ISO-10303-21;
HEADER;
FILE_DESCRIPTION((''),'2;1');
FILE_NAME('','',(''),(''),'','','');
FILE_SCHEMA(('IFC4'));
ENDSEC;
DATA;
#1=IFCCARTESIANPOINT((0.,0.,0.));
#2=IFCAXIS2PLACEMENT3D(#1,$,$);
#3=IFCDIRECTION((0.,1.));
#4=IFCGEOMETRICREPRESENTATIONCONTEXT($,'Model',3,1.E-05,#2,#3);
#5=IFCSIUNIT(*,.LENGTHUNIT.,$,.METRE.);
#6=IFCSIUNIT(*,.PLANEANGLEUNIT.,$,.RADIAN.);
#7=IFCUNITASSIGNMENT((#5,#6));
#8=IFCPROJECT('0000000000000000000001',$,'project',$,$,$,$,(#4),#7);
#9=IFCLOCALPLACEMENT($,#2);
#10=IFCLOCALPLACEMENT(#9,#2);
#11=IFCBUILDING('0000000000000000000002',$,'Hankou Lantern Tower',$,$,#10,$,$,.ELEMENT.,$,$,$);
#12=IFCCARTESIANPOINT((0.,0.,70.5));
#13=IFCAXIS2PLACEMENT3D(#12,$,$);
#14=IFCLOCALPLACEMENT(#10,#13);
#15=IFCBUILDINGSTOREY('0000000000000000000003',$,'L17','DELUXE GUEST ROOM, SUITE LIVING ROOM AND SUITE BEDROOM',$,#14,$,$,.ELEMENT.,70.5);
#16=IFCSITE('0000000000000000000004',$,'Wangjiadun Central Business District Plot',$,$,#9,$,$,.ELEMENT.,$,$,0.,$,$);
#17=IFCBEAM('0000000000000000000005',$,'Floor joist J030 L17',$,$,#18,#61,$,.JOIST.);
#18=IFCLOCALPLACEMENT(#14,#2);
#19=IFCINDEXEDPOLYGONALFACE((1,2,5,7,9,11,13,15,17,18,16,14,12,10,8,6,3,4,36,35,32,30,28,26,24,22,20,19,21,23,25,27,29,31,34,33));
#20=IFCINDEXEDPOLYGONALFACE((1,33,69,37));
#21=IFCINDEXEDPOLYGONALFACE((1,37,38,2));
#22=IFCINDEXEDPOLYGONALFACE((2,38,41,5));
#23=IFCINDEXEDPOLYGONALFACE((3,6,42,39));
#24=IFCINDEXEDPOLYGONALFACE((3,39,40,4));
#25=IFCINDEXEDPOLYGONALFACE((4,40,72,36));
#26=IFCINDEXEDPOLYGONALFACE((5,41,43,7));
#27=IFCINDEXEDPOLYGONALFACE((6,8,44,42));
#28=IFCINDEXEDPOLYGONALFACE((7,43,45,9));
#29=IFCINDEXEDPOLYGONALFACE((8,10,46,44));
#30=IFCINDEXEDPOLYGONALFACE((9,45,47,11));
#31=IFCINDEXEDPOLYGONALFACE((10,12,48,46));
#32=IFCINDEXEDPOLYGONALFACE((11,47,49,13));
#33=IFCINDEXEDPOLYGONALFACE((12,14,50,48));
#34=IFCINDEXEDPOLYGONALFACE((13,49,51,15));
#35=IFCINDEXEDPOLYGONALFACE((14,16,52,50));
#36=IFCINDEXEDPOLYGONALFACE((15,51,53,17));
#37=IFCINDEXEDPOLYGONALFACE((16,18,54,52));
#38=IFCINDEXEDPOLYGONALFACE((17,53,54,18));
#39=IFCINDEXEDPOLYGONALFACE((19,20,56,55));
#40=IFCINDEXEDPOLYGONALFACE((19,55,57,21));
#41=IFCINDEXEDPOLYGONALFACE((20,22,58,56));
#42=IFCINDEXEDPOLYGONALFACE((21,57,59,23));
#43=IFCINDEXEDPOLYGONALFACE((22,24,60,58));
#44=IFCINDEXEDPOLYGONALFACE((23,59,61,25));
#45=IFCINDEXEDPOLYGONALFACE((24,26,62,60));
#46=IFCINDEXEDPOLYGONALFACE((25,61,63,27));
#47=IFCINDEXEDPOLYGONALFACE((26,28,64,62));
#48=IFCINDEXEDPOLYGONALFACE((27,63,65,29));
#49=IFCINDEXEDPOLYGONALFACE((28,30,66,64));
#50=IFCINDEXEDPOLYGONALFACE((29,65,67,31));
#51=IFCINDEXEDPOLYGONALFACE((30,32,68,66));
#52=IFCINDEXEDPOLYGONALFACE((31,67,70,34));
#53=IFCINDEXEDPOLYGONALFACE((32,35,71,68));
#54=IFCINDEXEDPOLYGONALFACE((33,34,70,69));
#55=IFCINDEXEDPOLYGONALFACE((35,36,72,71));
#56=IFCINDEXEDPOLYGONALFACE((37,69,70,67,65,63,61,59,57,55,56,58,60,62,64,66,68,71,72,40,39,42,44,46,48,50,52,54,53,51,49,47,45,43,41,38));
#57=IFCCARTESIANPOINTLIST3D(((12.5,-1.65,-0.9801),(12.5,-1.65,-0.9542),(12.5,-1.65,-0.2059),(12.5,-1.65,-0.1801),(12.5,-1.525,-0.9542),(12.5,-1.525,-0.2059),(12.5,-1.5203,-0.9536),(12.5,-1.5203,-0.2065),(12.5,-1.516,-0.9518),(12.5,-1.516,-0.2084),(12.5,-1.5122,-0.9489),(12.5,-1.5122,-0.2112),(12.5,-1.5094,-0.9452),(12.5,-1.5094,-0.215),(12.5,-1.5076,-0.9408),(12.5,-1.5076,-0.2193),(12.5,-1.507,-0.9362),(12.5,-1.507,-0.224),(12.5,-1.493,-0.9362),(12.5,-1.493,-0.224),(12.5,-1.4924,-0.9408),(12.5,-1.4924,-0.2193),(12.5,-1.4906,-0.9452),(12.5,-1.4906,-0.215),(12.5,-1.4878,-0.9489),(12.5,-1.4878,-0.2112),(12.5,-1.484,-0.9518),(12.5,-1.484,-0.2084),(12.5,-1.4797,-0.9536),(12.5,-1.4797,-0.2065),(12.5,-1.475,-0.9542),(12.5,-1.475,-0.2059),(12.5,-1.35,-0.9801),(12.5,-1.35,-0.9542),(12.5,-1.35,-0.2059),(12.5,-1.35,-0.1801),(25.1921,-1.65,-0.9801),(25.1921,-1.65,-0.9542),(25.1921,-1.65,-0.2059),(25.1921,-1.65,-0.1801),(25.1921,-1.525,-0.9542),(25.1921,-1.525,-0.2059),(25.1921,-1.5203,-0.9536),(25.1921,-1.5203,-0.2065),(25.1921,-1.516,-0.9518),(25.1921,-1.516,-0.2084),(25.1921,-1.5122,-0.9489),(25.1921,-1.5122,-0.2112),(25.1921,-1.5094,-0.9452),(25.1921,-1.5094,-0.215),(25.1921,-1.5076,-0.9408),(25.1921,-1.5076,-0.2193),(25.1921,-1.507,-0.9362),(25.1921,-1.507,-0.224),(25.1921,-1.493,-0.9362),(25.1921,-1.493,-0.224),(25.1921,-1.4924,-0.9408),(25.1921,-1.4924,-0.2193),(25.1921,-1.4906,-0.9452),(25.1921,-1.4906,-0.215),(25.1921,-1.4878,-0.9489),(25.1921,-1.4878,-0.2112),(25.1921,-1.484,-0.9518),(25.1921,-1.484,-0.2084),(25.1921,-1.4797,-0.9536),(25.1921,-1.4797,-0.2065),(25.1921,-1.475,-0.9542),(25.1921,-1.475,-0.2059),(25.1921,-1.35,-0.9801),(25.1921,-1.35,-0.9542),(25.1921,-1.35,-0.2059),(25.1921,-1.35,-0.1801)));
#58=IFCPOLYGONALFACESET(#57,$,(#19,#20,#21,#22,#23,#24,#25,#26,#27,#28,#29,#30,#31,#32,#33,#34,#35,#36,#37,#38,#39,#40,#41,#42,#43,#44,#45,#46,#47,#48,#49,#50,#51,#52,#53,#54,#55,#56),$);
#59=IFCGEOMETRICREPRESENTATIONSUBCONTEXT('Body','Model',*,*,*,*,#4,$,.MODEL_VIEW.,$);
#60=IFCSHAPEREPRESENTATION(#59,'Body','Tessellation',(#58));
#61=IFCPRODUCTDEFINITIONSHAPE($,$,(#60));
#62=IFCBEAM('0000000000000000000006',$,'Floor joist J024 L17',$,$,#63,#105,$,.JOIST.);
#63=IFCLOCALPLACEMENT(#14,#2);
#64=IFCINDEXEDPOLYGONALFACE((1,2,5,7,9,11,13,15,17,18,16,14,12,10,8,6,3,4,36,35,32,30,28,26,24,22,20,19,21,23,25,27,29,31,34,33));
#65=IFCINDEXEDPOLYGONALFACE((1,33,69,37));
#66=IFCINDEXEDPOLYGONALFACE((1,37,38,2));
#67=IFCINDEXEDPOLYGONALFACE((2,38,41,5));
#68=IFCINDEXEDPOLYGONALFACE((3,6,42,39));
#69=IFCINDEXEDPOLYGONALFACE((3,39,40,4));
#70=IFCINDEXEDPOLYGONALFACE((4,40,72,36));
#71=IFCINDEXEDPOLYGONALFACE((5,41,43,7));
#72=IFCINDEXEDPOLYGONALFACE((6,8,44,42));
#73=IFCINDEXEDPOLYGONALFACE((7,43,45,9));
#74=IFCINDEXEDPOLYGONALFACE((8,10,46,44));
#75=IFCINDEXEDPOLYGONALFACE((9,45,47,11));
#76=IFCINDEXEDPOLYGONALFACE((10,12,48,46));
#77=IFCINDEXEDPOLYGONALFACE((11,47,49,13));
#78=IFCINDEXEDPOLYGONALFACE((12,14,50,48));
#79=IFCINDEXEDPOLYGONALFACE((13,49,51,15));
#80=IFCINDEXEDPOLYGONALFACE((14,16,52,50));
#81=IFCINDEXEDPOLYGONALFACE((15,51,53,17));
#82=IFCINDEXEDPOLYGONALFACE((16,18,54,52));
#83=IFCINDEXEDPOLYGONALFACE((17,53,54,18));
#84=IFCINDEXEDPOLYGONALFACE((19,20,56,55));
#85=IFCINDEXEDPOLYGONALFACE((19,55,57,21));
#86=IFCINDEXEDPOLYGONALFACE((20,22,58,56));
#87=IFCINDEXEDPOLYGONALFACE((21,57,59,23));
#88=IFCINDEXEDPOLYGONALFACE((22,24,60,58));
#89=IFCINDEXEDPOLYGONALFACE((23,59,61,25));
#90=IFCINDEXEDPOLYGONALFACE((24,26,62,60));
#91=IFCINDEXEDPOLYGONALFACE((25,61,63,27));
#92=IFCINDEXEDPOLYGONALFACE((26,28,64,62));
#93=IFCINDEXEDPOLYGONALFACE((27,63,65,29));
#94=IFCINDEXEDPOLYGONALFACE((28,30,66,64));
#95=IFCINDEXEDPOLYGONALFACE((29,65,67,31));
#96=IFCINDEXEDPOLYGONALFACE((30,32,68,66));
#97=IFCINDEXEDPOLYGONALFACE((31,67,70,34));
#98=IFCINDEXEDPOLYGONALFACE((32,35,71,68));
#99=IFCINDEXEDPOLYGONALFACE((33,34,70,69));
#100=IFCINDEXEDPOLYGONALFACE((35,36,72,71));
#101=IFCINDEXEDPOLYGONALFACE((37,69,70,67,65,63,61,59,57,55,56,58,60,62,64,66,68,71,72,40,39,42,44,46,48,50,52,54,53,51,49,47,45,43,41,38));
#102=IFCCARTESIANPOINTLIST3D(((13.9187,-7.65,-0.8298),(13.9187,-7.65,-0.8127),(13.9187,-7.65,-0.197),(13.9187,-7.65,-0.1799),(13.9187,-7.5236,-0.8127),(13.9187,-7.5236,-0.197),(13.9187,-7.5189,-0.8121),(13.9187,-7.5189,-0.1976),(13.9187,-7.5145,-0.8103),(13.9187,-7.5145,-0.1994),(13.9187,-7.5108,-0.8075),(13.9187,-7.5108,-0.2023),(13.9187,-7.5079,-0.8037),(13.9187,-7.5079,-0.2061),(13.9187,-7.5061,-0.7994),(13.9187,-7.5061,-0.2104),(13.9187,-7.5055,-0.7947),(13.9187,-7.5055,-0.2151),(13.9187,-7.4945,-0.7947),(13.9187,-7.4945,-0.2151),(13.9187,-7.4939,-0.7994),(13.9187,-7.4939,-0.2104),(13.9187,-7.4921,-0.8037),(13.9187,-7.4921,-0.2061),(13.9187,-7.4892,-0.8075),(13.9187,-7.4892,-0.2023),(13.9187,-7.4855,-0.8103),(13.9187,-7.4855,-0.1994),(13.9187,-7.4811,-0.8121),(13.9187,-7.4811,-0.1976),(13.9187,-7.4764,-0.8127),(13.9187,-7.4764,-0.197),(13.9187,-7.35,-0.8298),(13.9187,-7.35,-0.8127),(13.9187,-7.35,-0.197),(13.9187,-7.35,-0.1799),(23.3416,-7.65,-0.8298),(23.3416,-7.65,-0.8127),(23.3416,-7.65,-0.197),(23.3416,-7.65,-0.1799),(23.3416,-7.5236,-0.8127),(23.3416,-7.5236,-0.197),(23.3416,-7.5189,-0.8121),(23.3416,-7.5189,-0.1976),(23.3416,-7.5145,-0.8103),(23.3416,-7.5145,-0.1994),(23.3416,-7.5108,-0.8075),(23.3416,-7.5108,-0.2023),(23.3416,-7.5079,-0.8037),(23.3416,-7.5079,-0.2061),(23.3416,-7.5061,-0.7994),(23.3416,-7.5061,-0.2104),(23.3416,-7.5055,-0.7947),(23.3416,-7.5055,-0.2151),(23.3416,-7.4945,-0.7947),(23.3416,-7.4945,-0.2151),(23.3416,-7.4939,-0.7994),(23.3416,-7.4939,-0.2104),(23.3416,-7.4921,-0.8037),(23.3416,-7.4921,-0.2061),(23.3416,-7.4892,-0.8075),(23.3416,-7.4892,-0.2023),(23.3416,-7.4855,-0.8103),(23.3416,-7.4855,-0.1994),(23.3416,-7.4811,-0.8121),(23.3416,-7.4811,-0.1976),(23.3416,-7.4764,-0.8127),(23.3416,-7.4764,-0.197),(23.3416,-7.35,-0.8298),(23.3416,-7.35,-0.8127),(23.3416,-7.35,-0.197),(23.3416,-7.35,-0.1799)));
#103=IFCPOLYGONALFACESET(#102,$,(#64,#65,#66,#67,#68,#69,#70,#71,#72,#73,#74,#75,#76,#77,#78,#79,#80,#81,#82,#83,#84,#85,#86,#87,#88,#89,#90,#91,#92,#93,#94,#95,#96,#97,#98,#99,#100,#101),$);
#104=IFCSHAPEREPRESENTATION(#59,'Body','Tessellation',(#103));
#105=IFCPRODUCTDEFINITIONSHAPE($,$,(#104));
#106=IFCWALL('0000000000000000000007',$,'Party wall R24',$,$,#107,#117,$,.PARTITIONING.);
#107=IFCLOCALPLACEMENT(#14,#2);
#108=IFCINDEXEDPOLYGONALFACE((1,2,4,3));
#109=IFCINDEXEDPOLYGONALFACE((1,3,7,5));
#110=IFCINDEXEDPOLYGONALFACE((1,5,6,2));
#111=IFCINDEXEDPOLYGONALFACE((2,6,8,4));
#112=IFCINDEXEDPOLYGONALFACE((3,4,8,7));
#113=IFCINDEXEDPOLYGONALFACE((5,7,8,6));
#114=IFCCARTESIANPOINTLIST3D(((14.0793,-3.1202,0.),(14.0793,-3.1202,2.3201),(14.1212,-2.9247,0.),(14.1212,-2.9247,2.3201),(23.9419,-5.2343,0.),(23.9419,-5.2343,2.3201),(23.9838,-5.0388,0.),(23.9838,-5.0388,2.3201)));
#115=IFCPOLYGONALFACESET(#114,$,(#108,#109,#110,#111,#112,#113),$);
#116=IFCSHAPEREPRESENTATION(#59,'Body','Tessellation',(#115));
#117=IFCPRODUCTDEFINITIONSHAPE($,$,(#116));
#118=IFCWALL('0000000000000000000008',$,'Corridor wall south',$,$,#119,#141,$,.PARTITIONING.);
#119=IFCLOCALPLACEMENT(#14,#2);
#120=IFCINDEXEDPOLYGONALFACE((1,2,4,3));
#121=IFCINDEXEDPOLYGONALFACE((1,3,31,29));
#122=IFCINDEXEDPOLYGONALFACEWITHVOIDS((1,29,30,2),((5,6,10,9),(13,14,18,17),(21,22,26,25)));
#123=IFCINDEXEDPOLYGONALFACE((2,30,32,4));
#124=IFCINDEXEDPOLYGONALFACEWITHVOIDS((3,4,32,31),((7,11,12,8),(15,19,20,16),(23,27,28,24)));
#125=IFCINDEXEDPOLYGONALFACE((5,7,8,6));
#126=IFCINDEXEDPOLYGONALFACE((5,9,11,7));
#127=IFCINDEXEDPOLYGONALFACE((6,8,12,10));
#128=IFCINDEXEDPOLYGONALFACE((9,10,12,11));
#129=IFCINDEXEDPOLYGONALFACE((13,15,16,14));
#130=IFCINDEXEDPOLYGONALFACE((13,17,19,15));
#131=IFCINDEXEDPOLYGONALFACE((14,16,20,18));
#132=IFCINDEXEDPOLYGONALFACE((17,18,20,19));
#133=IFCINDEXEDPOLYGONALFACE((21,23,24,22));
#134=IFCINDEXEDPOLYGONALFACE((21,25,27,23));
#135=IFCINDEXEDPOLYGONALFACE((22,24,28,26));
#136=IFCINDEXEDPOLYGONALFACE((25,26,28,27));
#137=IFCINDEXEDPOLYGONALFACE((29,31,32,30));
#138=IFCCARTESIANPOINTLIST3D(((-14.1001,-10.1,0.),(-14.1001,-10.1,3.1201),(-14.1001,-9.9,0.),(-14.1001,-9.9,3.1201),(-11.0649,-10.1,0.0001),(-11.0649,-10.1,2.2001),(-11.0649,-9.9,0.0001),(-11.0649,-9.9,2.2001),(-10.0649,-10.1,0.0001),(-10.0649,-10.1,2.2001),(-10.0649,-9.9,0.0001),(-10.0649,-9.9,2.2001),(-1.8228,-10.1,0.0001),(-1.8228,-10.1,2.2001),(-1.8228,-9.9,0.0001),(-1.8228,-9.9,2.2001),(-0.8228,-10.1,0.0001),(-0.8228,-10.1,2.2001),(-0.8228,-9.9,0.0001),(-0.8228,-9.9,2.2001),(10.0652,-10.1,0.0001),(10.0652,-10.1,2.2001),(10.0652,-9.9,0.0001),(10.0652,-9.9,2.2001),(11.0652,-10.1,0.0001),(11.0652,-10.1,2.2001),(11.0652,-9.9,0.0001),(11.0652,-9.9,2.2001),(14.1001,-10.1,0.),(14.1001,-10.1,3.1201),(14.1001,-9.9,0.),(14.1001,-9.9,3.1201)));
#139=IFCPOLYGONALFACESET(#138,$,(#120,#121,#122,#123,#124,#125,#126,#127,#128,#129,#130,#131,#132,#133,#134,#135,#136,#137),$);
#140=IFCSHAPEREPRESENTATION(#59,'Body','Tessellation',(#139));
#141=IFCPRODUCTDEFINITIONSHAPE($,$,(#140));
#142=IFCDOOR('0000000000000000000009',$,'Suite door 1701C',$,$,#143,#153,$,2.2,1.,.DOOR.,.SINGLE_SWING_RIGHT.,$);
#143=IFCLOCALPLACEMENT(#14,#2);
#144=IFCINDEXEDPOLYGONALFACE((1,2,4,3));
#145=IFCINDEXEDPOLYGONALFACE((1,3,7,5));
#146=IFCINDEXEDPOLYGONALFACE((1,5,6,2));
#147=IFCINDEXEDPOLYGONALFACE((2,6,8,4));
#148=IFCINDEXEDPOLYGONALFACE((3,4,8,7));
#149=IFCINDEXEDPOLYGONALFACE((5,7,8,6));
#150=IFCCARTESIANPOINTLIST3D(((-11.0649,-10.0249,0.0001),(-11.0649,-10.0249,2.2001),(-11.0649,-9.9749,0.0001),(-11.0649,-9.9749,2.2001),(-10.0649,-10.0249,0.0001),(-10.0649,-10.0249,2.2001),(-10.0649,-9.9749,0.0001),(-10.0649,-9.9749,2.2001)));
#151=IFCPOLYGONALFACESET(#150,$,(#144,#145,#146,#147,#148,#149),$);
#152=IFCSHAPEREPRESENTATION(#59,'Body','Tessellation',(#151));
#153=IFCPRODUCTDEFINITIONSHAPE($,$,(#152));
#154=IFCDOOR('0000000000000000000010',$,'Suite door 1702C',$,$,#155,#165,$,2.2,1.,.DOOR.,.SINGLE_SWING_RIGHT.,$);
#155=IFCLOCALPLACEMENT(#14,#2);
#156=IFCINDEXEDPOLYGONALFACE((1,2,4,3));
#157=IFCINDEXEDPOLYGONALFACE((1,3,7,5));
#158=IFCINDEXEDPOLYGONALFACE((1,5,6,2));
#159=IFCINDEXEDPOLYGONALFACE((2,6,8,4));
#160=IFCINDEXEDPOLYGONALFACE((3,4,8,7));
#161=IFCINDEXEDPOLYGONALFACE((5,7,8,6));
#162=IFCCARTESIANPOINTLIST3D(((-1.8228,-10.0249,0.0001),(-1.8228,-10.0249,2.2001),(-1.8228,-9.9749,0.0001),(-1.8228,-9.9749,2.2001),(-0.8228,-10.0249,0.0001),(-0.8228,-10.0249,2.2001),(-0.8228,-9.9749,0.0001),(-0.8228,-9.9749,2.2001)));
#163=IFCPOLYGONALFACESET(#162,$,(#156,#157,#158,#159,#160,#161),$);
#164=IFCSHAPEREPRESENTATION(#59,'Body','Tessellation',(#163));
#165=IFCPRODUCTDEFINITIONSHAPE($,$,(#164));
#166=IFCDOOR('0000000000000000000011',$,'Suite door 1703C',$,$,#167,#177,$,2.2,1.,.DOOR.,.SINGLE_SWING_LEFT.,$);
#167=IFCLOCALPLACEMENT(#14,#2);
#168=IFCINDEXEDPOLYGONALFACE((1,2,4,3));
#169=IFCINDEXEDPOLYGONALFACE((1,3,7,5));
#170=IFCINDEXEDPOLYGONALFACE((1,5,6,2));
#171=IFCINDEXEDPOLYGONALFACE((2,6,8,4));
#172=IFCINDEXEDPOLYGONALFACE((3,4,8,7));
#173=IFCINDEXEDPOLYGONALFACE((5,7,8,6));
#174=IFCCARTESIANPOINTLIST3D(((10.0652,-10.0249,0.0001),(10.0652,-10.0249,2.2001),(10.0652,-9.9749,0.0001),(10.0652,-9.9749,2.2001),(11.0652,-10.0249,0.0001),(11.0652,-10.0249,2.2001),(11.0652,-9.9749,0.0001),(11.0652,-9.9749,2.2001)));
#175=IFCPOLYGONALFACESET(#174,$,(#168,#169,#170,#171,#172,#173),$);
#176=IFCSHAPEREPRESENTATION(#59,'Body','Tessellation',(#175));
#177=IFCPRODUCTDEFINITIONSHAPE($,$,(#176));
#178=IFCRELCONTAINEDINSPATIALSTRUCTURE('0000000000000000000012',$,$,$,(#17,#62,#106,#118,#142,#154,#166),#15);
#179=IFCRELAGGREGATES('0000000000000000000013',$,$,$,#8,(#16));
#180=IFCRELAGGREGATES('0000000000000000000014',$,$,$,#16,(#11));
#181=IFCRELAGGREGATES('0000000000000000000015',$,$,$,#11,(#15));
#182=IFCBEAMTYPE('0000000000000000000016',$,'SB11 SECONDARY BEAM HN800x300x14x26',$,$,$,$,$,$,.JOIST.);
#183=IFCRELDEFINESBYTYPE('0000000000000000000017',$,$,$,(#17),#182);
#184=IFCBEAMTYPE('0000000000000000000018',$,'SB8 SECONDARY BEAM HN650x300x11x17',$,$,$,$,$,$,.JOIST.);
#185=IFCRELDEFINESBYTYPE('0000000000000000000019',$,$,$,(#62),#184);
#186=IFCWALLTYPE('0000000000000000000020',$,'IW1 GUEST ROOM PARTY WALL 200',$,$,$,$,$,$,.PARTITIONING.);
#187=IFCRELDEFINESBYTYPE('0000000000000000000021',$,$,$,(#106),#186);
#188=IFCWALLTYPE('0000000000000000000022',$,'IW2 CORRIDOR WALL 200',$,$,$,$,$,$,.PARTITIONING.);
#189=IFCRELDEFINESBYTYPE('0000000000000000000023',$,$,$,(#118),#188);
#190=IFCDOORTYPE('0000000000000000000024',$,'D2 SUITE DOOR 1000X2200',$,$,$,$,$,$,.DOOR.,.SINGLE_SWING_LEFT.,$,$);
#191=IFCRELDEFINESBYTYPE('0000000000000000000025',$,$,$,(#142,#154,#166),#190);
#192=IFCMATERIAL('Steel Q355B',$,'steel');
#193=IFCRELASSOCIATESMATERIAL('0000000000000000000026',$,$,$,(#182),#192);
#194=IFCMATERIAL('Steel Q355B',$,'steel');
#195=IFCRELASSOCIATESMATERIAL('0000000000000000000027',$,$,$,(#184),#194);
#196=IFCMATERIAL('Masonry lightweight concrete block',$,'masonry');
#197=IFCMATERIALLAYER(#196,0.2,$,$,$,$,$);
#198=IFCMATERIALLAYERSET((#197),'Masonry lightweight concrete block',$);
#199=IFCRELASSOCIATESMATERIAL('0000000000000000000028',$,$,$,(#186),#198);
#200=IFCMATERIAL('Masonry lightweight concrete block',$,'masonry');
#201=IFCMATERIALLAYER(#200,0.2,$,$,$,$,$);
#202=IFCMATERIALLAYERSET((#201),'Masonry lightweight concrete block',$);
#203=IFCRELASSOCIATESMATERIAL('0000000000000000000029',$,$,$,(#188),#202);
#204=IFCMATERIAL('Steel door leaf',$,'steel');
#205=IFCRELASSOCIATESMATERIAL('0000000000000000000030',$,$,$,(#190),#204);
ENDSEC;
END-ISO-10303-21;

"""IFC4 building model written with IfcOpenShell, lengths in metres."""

from ifc_helpers import new_model, si_unit, direction, frame, frame_2d, origin, origin_2d, place, context, subcontext, project, spatial, rectangle, i_section, extrude, material, layer, layer_set, material_profile, profile_set, type_object, element, fill, save


model = new_model("IFC4")

# Units and contexts
model_context = context("Model", 3, precision=1e-05, world=origin(), true_north=direction((0.0, 1.0)))
body_context = subcontext(model_context, "Body", "Model", "MODEL_VIEW")
ifc_project = project(units=[si_unit("LENGTHUNIT", "METRE"), si_unit("PLANEANGLEUNIT", "RADIAN")], contexts=[model_context])

# Site, building, storey
site_placement = place(None, origin())
site = spatial("IfcSite", under=ifc_project, at=site_placement, Name="Wangjiadun Central Business District Plot", CompositionType="ELEMENT", RefElevation=0.0)
building_placement = place(site_placement, origin())
building = spatial("IfcBuilding", under=site, at=building_placement, Name="Hankou Lantern Tower", CompositionType="ELEMENT")
storey_placement = place(building_placement, frame((0.0, 0.0, 70.5)))
storey = spatial("IfcBuildingStorey", under=building, at=storey_placement, Name="L17", Description="DELUXE GUEST ROOM, SUITE LIVING ROOM AND SUITE BEDROOM", CompositionType="ELEMENT", Elevation=70.5)

# Beams
ifc_material_1 = material(Name="Steel Q355B", Category="steel")
ifc_material_profile_1 = material_profile(ifc_material_1, i_section(OverallWidth=0.3, OverallDepth=0.8, WebThickness=0.0139, FlangeThickness=0.0259, FilletRadius=0.0181, at=origin_2d()), Name="HN800x300x14x26")
ifc_profile_set_1 = profile_set([ifc_material_profile_1], Name="Steel Q355B")
beam_type_1 = type_object("IfcBeamType", Name="SB11 SECONDARY BEAM HN800x300x14x26", PredefinedType="JOIST", material=ifc_profile_set_1)
beam_1_placement = place(storey_placement, frame((12.5, -1.5, -0.5801), z_axis=(1.0, 0.0, 0.0), x_axis=(0.0, 1.0, 0.0)))
element("IfcBeam", 1, at=beam_1_placement, inside=storey, type_object=beam_type_1, Name="Floor joist J030 L17", PredefinedType="JOIST", context=body_context, shape_type="SweptSolid", body=[
    extrude(i_section(OverallWidth=0.3, OverallDepth=0.8, WebThickness=0.0139, FlangeThickness=0.0259, FilletRadius=0.0181, at=origin_2d()), origin(), (0.0, 0.0, 1.0), 12.6921),
])
ifc_material_2 = material(Name="Steel Q355B", Category="steel")
ifc_material_profile_2 = material_profile(ifc_material_2, i_section(OverallWidth=0.3, OverallDepth=0.6499, WebThickness=0.011, FlangeThickness=0.0171, FilletRadius=0.0181, at=origin_2d()), Name="HN650x300x11x17")
ifc_profile_set_2 = profile_set([ifc_material_profile_2], Name="Steel Q355B")
beam_type_2 = type_object("IfcBeamType", Name="SB8 SECONDARY BEAM HN650x300x11x17", PredefinedType="JOIST", material=ifc_profile_set_2)
beam_2_placement = place(storey_placement, frame((13.9187, -7.5, -0.5049), z_axis=(1.0, 0.0, 0.0), x_axis=(0.0, 1.0, 0.0)))
element("IfcBeam", 2, at=beam_2_placement, inside=storey, type_object=beam_type_2, Name="Floor joist J024 L17", PredefinedType="JOIST", context=body_context, shape_type="SweptSolid", body=[
    extrude(i_section(OverallWidth=0.3, OverallDepth=0.6499, WebThickness=0.011, FlangeThickness=0.0171, FilletRadius=0.0181, at=origin_2d()), origin(), (0.0, 0.0, 1.0), 9.4229),
])

# Wall
ifc_material_3 = material(Name="Masonry lightweight concrete block", Category="masonry")
ifc_layer_1 = layer(ifc_material_3, 0.2)
ifc_layer_set_1 = layer_set([ifc_layer_1], Name="Masonry lightweight concrete block")
wall_type_1 = type_object("IfcWallType", Name="IW1 GUEST ROOM PARTY WALL 200", PredefinedType="PARTITIONING", material=ifc_layer_set_1)
wall_1_placement = place(storey_placement, frame((14.1001, -3.0225, 0.0), z_axis=(0.0, 0.0, 1.0), x_axis=(0.97779, -0.209587, 0.0)))
element("IfcWall", 3, at=wall_1_placement, inside=storey, type_object=wall_type_1, Name="Party wall R24", PredefinedType="PARTITIONING", context=body_context, shape_type="SweptSolid", body=[
    extrude(rectangle(XDim=10.0867, YDim=0.2, at=frame_2d((5.0435, 0.0))), origin(), (0.0, 0.0, 1.0), 2.3201),
])

# Wall, openings, doors
ifc_material_4 = material(Name="Masonry lightweight concrete block", Category="masonry")
ifc_layer_2 = layer(ifc_material_4, 0.2)
ifc_layer_set_2 = layer_set([ifc_layer_2], Name="Masonry lightweight concrete block")
wall_type_2 = type_object("IfcWallType", Name="IW2 CORRIDOR WALL 200", PredefinedType="PARTITIONING", material=ifc_layer_set_2)
wall_2_placement = place(storey_placement, frame((14.1001, -10.0, 0.0), z_axis=(0.0, 0.0, 1.0), x_axis=(-1.0, 0.0, 0.0)))
wall_2 = element("IfcWall", 4, at=wall_2_placement, inside=storey, type_object=wall_type_2, Name="Corridor wall south", PredefinedType="PARTITIONING", context=body_context, shape_type="SweptSolid", body=[
    extrude(rectangle(XDim=28.2002, YDim=0.2, at=frame_2d((14.1001, 0.0))), origin(), (0.0, 0.0, 1.0), 3.1201),
])
opening_1_placement = place(wall_2_placement, frame((24.165, 0.0, 0.0)))
opening_1 = element("IfcOpeningElement", 5, at=opening_1_placement, cuts=wall_2, PredefinedType="OPENING", context=body_context, shape_type="SweptSolid", body=[
    extrude(rectangle(XDim=1.0, YDim=2.2, at=frame_2d((0.5, 1.1001))), frame((0.0, 0.1099, 0.0), z_axis=(0.0, -1.0, 0.0), x_axis=(1.0, 0.0, 0.0)), (0.0, 0.0, 1.0), 0.22),
])
opening_2_placement = place(wall_2_placement, frame((14.9229, 0.0, 0.0)))
opening_2 = element("IfcOpeningElement", 6, at=opening_2_placement, cuts=wall_2, PredefinedType="OPENING", context=body_context, shape_type="SweptSolid", body=[
    extrude(rectangle(XDim=1.0, YDim=2.2, at=frame_2d((0.5, 1.1001))), frame((0.0, 0.1099, 0.0), z_axis=(0.0, -1.0, 0.0), x_axis=(1.0, 0.0, 0.0)), (0.0, 0.0, 1.0), 0.22),
])
opening_3_placement = place(wall_2_placement, frame((3.0349, 0.0, 0.0)))
opening_3 = element("IfcOpeningElement", 7, at=opening_3_placement, cuts=wall_2, PredefinedType="OPENING", context=body_context, shape_type="SweptSolid", body=[
    extrude(rectangle(XDim=1.0, YDim=2.2, at=frame_2d((0.5, 1.1001))), frame((0.0, 0.1099, 0.0), z_axis=(0.0, -1.0, 0.0), x_axis=(1.0, 0.0, 0.0)), (0.0, 0.0, 1.0), 0.22),
])
ifc_material_5 = material(Name="Steel door leaf", Category="steel")
door_type_1 = type_object("IfcDoorType", Name="D2 SUITE DOOR 1000X2200", OperationType="SINGLE_SWING_LEFT", PredefinedType="DOOR", material=ifc_material_5)
door_1_placement = place(opening_1_placement, origin())
door_1 = element("IfcDoor", 8, at=door_1_placement, inside=storey, type_object=door_type_1, Name="Suite door 1701C", OperationType="SINGLE_SWING_RIGHT", OverallHeight=2.2, OverallWidth=1.0, PredefinedType="DOOR", context=body_context, shape_type="SweptSolid", body=[
    extrude(rectangle(XDim=1.0, YDim=2.2, at=frame_2d((0.5, 1.1001))), frame((0.0, 0.0249, 0.0), z_axis=(0.0, -1.0, 0.0), x_axis=(1.0, 0.0, 0.0)), (0.0, 0.0, 1.0), 0.05),
])
fill(opening_1, door_1)
door_2_placement = place(opening_2_placement, origin())
door_2 = element("IfcDoor", 9, at=door_2_placement, inside=storey, type_object=door_type_1, Name="Suite door 1702C", OperationType="SINGLE_SWING_RIGHT", OverallHeight=2.2, OverallWidth=1.0, PredefinedType="DOOR", context=body_context, shape_type="SweptSolid", body=[
    extrude(rectangle(XDim=1.0, YDim=2.2, at=frame_2d((0.5, 1.1001))), frame((0.0, 0.0249, 0.0), z_axis=(0.0, -1.0, 0.0), x_axis=(1.0, 0.0, 0.0)), (0.0, 0.0, 1.0), 0.05),
])
fill(opening_2, door_2)
door_3_placement = place(opening_3_placement, origin())
door_3 = element("IfcDoor", 10, at=door_3_placement, inside=storey, type_object=door_type_1, Name="Suite door 1703C", OperationType="SINGLE_SWING_LEFT", OverallHeight=2.2, OverallWidth=1.0, PredefinedType="DOOR", context=body_context, shape_type="SweptSolid", body=[
    extrude(rectangle(XDim=1.0, YDim=2.2, at=frame_2d((0.5, 1.1001))), frame((0.0, 0.0249, 0.0), z_axis=(0.0, -1.0, 0.0), x_axis=(1.0, 0.0, 0.0)), (0.0, 0.0, 1.0), 0.05),
])
fill(opening_3, door_3)

save(model, "model.ifc")
